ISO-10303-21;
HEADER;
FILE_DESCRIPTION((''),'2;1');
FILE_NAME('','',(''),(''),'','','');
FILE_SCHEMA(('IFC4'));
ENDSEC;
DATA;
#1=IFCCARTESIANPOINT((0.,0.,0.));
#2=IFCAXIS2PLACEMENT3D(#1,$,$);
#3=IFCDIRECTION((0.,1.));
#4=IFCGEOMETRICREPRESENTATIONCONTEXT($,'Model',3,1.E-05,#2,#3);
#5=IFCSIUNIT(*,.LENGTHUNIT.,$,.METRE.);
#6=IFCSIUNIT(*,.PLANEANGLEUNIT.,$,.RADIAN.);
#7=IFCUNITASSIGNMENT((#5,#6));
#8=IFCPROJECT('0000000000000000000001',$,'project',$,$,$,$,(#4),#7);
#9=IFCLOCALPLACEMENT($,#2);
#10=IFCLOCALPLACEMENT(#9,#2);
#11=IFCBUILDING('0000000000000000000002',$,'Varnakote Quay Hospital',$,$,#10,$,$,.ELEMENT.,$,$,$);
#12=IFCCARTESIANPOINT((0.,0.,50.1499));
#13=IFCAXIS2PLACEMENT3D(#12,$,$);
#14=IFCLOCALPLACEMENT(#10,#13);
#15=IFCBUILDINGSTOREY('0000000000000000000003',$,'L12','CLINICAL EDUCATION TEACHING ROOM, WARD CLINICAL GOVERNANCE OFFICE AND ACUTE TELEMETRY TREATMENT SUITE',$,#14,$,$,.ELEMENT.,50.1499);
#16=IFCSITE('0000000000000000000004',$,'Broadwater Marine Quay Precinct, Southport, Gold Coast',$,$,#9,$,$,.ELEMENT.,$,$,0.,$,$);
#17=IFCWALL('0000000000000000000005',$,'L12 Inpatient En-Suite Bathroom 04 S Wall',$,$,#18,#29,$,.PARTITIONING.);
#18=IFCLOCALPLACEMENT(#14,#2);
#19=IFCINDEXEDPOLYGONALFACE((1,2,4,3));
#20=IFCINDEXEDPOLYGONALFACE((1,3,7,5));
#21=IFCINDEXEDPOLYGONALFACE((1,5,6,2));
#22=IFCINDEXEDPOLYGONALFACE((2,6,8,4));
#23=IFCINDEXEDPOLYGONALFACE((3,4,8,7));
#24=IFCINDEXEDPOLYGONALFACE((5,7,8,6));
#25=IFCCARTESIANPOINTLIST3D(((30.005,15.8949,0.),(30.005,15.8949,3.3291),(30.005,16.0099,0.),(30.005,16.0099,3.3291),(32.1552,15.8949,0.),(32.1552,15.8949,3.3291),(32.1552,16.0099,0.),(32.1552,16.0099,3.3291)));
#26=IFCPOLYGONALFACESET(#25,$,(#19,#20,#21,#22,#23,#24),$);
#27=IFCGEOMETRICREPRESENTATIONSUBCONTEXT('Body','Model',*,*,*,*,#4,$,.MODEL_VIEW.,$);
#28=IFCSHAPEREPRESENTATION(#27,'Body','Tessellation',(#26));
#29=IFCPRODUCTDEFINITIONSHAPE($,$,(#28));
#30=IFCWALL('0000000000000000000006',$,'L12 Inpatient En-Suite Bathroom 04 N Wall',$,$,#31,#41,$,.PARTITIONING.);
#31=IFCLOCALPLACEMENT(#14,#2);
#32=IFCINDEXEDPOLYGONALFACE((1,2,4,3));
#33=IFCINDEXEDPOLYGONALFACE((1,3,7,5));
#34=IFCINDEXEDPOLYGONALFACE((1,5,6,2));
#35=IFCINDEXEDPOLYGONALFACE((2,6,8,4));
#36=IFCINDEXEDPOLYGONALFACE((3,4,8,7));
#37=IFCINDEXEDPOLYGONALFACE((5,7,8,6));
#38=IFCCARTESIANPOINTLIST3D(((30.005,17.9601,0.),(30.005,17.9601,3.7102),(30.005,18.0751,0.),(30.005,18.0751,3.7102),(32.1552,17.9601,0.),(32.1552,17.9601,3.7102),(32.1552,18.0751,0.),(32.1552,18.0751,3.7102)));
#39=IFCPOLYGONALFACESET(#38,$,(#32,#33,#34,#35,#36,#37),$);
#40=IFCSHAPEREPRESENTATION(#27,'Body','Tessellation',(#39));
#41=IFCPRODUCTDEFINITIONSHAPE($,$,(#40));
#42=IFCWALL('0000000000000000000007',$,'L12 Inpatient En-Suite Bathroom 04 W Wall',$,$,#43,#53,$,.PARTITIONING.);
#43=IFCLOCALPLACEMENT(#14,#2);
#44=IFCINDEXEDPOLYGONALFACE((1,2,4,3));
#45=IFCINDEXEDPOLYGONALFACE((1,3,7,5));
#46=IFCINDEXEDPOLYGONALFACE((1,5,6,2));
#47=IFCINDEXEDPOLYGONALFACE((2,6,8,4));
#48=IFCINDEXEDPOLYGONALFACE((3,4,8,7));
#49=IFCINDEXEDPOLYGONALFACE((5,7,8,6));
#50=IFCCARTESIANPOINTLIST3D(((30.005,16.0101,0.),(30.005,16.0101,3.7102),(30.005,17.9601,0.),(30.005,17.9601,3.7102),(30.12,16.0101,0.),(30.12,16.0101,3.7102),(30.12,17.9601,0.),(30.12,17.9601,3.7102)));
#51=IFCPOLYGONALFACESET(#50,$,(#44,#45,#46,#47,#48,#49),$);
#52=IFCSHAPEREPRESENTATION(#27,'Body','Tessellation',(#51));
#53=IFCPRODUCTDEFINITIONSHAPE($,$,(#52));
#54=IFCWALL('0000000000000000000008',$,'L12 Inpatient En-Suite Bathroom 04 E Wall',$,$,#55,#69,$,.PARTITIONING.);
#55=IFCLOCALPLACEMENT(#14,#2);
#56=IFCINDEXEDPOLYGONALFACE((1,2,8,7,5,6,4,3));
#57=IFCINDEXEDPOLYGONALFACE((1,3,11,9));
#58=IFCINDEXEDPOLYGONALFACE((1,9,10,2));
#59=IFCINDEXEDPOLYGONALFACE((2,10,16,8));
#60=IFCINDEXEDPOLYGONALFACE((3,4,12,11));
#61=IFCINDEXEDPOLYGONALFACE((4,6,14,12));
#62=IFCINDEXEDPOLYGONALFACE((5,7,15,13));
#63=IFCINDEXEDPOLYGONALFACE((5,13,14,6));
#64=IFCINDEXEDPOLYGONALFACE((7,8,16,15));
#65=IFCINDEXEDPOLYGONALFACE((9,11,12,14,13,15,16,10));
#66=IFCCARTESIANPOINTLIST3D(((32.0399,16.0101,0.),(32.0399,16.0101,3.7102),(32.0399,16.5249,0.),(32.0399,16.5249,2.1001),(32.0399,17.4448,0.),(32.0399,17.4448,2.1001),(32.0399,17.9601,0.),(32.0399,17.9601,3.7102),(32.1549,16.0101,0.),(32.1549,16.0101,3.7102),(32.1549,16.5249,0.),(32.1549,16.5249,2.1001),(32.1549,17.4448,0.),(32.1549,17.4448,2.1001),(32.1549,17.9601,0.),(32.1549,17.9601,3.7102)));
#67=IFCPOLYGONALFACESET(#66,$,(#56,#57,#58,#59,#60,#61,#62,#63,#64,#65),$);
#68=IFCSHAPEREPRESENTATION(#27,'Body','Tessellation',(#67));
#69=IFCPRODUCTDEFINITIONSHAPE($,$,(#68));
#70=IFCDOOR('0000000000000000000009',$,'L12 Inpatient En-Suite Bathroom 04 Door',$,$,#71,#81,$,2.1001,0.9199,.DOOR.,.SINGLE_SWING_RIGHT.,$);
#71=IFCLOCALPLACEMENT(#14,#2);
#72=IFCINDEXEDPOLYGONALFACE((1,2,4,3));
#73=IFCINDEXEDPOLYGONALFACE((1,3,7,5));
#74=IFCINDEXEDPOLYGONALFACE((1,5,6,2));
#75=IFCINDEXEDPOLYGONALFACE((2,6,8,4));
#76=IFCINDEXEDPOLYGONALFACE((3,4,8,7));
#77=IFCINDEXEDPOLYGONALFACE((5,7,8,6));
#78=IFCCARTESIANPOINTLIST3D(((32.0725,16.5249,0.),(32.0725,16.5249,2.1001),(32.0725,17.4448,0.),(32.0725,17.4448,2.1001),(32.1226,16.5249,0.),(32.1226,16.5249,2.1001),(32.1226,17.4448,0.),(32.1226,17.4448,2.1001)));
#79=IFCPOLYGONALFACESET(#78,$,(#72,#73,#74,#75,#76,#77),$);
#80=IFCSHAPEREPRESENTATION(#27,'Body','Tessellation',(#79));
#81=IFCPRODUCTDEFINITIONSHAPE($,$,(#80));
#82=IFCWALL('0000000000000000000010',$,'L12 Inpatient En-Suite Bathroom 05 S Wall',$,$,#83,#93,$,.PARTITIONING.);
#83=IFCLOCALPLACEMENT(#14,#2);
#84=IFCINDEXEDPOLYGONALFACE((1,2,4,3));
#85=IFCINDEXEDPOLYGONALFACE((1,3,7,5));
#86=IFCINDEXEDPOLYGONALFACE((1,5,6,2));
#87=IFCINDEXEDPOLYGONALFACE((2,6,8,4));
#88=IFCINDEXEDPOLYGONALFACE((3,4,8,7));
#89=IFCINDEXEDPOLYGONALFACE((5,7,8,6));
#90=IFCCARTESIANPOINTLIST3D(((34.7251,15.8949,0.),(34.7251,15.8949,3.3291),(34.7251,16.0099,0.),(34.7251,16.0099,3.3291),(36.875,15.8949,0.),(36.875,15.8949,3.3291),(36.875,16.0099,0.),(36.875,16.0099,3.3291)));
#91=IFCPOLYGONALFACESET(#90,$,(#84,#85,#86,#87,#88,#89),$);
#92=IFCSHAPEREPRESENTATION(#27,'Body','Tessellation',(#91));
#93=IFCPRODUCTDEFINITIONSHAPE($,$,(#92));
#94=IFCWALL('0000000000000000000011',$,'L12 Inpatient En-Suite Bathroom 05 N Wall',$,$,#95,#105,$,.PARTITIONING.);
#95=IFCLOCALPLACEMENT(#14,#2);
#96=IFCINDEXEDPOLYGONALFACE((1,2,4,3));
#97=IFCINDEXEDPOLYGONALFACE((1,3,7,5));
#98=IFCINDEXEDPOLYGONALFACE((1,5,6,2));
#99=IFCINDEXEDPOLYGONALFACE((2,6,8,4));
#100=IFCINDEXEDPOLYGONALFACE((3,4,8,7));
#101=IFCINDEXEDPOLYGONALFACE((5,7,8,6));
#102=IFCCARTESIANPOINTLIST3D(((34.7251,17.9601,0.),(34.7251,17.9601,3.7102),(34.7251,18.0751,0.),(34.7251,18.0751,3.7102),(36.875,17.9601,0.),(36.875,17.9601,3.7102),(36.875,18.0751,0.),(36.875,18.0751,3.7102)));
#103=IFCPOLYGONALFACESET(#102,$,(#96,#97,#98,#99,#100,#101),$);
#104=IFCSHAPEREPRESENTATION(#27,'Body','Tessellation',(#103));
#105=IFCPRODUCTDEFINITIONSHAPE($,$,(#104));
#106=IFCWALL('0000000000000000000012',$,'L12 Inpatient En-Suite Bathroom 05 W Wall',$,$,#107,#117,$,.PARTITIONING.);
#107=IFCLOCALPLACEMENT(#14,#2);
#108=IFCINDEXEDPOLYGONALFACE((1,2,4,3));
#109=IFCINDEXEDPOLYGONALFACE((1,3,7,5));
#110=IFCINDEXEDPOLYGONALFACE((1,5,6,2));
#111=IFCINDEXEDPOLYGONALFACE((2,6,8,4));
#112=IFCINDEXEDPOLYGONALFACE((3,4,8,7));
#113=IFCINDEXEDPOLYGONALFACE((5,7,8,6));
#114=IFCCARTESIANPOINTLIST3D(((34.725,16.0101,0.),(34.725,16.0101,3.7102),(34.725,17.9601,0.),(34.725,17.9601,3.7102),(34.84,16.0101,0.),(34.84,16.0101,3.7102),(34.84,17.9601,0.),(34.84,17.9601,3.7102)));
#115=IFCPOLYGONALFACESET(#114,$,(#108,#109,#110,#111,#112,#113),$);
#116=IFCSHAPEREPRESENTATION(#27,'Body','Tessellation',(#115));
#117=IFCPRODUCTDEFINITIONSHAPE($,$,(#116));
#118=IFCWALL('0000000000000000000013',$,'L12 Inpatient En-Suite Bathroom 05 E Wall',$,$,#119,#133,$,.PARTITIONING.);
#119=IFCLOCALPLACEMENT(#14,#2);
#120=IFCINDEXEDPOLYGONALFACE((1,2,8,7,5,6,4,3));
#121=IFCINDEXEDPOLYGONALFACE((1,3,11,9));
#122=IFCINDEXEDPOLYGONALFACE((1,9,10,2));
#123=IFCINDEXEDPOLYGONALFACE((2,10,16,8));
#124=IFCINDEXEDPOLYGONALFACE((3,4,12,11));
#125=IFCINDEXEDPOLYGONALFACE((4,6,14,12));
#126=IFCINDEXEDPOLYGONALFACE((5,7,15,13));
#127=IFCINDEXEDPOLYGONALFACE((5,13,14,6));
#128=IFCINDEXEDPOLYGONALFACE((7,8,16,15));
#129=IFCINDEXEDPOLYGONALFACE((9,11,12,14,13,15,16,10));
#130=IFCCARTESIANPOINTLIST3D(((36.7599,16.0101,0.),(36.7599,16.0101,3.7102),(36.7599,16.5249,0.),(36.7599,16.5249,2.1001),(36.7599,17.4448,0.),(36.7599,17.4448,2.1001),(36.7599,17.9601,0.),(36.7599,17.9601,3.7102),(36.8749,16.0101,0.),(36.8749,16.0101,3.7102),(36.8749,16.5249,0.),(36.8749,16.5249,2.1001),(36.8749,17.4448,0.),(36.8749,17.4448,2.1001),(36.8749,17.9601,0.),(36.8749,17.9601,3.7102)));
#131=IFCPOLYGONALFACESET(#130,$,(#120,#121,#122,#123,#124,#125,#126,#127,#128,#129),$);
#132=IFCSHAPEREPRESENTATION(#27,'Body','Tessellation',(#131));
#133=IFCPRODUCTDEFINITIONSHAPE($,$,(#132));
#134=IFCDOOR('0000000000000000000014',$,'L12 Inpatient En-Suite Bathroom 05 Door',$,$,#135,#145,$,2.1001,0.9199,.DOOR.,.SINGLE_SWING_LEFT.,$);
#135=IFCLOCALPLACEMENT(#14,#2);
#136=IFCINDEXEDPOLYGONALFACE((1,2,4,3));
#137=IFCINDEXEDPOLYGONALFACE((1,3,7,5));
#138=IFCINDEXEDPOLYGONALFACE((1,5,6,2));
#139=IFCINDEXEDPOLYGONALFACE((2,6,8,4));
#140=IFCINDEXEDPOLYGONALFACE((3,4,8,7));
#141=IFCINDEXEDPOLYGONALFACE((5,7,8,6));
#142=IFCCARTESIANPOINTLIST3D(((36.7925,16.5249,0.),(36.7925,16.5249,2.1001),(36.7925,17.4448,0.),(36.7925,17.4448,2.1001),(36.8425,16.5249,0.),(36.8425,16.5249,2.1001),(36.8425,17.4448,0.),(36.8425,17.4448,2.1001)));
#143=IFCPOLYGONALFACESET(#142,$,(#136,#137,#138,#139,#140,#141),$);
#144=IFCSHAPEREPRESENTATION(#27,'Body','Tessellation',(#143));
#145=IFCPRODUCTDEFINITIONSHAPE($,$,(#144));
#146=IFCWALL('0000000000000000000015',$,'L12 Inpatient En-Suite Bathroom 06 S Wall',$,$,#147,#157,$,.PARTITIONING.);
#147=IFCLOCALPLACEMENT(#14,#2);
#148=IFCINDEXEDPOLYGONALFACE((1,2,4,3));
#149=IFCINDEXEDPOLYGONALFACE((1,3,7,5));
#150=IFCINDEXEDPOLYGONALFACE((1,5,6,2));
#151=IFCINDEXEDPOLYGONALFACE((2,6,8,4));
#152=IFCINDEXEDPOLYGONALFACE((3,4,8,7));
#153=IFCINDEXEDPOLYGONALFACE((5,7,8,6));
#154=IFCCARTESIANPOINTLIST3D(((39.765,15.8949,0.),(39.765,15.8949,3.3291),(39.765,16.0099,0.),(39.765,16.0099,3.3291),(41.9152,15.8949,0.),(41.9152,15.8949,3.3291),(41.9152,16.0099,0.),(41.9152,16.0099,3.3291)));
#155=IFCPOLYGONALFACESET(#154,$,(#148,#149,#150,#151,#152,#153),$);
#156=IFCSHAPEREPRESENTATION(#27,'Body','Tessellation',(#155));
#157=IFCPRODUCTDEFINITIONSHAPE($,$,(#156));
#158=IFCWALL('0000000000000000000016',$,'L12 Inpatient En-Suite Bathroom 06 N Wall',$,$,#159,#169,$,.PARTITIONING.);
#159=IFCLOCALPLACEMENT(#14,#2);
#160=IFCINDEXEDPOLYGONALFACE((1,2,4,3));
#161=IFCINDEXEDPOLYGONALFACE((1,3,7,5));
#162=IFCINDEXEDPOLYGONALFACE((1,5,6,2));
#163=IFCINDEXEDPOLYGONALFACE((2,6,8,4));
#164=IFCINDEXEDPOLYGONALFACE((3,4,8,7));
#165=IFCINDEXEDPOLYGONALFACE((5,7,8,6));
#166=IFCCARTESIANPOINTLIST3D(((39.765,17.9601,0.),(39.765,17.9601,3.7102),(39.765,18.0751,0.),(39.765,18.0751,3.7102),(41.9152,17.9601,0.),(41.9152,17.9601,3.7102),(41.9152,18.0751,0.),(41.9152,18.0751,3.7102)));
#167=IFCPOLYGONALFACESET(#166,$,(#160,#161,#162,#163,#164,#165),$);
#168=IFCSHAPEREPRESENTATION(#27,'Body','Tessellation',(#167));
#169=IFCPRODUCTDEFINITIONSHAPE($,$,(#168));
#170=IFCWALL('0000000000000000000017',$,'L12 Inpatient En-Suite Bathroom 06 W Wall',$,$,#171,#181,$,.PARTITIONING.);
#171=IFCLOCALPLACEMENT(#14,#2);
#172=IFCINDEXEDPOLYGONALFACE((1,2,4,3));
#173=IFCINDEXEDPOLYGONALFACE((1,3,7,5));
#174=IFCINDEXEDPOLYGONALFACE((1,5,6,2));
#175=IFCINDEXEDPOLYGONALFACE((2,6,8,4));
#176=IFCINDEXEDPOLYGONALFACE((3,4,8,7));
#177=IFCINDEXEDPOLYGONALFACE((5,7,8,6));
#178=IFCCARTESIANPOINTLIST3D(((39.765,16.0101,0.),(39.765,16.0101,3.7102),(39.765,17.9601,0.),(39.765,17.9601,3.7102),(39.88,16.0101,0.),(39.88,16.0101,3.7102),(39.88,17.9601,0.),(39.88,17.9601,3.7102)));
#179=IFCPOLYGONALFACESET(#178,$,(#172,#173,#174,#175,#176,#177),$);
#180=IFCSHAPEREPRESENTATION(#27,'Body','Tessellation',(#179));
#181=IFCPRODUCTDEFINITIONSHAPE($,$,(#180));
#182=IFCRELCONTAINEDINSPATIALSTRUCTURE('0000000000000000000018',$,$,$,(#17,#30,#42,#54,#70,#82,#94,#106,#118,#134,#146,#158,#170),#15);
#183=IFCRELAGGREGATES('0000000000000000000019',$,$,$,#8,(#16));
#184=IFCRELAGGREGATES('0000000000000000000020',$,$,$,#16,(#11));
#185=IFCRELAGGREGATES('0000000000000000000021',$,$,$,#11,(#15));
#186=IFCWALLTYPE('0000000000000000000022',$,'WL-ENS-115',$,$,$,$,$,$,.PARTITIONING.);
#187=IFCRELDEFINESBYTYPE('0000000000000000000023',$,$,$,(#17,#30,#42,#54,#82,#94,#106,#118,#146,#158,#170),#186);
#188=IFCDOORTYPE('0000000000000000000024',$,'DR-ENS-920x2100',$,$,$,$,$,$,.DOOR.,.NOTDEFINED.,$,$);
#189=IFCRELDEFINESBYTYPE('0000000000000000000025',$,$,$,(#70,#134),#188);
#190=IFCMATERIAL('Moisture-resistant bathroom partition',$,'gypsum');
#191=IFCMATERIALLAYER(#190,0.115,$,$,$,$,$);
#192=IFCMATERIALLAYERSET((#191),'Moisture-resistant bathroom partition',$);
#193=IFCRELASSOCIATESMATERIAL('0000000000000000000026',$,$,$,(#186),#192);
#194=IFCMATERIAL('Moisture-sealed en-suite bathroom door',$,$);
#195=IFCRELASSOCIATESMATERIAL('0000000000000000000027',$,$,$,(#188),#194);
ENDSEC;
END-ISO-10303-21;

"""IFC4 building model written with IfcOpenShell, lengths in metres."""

from ifc_helpers import new_model, si_unit, direction, frame, frame_2d, origin, place, context, subcontext, project, spatial, rectangle, extrude, material, layer, layer_set, type_object, element, fill, save


model = new_model("IFC4")

# Units and contexts
model_context = context("Model", 3, precision=1e-05, world=origin(), true_north=direction((0.0, 1.0)))
body_context = subcontext(model_context, "Body", "Model", "MODEL_VIEW")
ifc_project = project(units=[si_unit("LENGTHUNIT", "METRE"), si_unit("PLANEANGLEUNIT", "RADIAN")], contexts=[model_context])

# Site, building, storey
site_placement = place(None, origin())
site = spatial("IfcSite", under=ifc_project, at=site_placement, Name="Broadwater Marine Quay Precinct, Southport, Gold Coast", CompositionType="ELEMENT", RefElevation=0.0)
building_placement = place(site_placement, origin())
building = spatial("IfcBuilding", under=site, at=building_placement, Name="Varnakote Quay Hospital", CompositionType="ELEMENT")
storey_placement = place(building_placement, frame((0.0, 0.0, 50.1499)))
storey = spatial("IfcBuildingStorey", under=building, at=storey_placement, Name="L12", Description="CLINICAL EDUCATION TEACHING ROOM, WARD CLINICAL GOVERNANCE OFFICE AND ACUTE TELEMETRY TREATMENT SUITE", CompositionType="ELEMENT", Elevation=50.1499)

# Walls
ifc_material_1 = material(Name="Moisture-resistant bathroom partition", Category="gypsum")
ifc_layer_1 = layer(ifc_material_1, 0.115)
ifc_layer_set_1 = layer_set([ifc_layer_1], Name="Moisture-resistant bathroom partition")
wall_type_1 = type_object("IfcWallType", Name="WL-ENS-115", PredefinedType="PARTITIONING", material=ifc_layer_set_1)
wall_1_placement = place(storey_placement, frame((30.0049, 15.9524, 0.0), z_axis=(0.0, 0.0, 1.0), x_axis=(1.0, 0.0, 0.0)))
element("IfcWall", 1, at=wall_1_placement, inside=storey, type_object=wall_type_1, Name="L12 Inpatient En-Suite Bathroom 04 S Wall", PredefinedType="PARTITIONING", context=body_context, shape_type="SweptSolid", body=[
    extrude(rectangle(XDim=2.1501, YDim=0.115, at=frame_2d((1.0752, 0.0))), origin(), (0.0, 0.0, 1.0), 3.3291),
])
wall_2_placement = place(storey_placement, frame((30.0049, 18.0176, 0.0), z_axis=(0.0, 0.0, 1.0), x_axis=(1.0, 0.0, 0.0)))
element("IfcWall", 2, at=wall_2_placement, inside=storey, type_object=wall_type_1, Name="L12 Inpatient En-Suite Bathroom 04 N Wall", PredefinedType="PARTITIONING", context=body_context, shape_type="SweptSolid", body=[
    extrude(rectangle(XDim=2.1501, YDim=0.115, at=frame_2d((1.0752, 0.0))), origin(), (0.0, 0.0, 1.0), 3.7102),
])
wall_3_placement = place(storey_placement, frame((30.0625, 16.01, 0.0), z_axis=(0.0, 0.0, 1.0), x_axis=(0.0, 1.0, 0.0)))
element("IfcWall", 3, at=wall_3_placement, inside=storey, type_object=wall_type_1, Name="L12 Inpatient En-Suite Bathroom 04 W Wall", PredefinedType="PARTITIONING", context=body_context, shape_type="SweptSolid", body=[
    extrude(rectangle(XDim=1.95, YDim=0.115, at=frame_2d((0.9751, 0.0))), origin(), (0.0, 0.0, 1.0), 3.7102),
])

# Wall, opening, door
wall_4_placement = place(storey_placement, frame((32.0974, 16.01, 0.0), z_axis=(0.0, 0.0, 1.0), x_axis=(0.0, 1.0, 0.0)))
wall_4 = element("IfcWall", 4, at=wall_4_placement, inside=storey, type_object=wall_type_1, Name="L12 Inpatient En-Suite Bathroom 04 E Wall", PredefinedType="PARTITIONING", context=body_context, shape_type="SweptSolid", body=[
    extrude(rectangle(XDim=1.95, YDim=0.115, at=frame_2d((0.9751, 0.0))), origin(), (0.0, 0.0, 1.0), 3.7102),
])
opening_1_placement = place(wall_4_placement, frame((0.5149, 0.0, 0.0)))
opening_1 = element("IfcOpeningElement", 5, at=opening_1_placement, cuts=wall_4, PredefinedType="OPENING", context=body_context, shape_type="SweptSolid", body=[
    extrude(rectangle(XDim=0.9199, YDim=2.1001, at=frame_2d((0.46, 1.05))), frame((0.0, 0.0674, 0.0), z_axis=(0.0, -1.0, 0.0), x_axis=(1.0, 0.0, 0.0)), (0.0, 0.0, 1.0), 0.135),
])
ifc_material_2 = material(Name="Moisture-sealed en-suite bathroom door")
door_type_1 = type_object("IfcDoorType", Name="DR-ENS-920x2100", OperationType="NOTDEFINED", PredefinedType="DOOR", material=ifc_material_2)
door_1_placement = place(opening_1_placement, origin())
door_1 = element("IfcDoor", 6, at=door_1_placement, inside=storey, type_object=door_type_1, Name="L12 Inpatient En-Suite Bathroom 04 Door", OperationType="SINGLE_SWING_RIGHT", OverallHeight=2.1001, OverallWidth=0.9199, PredefinedType="DOOR", context=body_context, shape_type="SweptSolid", body=[
    extrude(rectangle(XDim=0.9199, YDim=2.1001, at=frame_2d((0.46, 1.05))), frame((0.0, 0.0249, 0.0), z_axis=(0.0, -1.0, 0.0), x_axis=(1.0, 0.0, 0.0)), (0.0, 0.0, 1.0), 0.05),
])
fill(opening_1, door_1)

# Walls
wall_5_placement = place(storey_placement, frame((34.7251, 15.9524, 0.0), z_axis=(0.0, 0.0, 1.0), x_axis=(1.0, 0.0, 0.0)))
element("IfcWall", 7, at=wall_5_placement, inside=storey, type_object=wall_type_1, Name="L12 Inpatient En-Suite Bathroom 05 S Wall", PredefinedType="PARTITIONING", context=body_context, shape_type="SweptSolid", body=[
    extrude(rectangle(XDim=2.1499, YDim=0.115, at=frame_2d((1.075, 0.0))), origin(), (0.0, 0.0, 1.0), 3.3291),
])
wall_6_placement = place(storey_placement, frame((34.7251, 18.0176, 0.0), z_axis=(0.0, 0.0, 1.0), x_axis=(1.0, 0.0, 0.0)))
element("IfcWall", 8, at=wall_6_placement, inside=storey, type_object=wall_type_1, Name="L12 Inpatient En-Suite Bathroom 05 N Wall", PredefinedType="PARTITIONING", context=body_context, shape_type="SweptSolid", body=[
    extrude(rectangle(XDim=2.1499, YDim=0.115, at=frame_2d((1.075, 0.0))), origin(), (0.0, 0.0, 1.0), 3.7102),
])
wall_7_placement = place(storey_placement, frame((34.7825, 16.01, 0.0), z_axis=(0.0, 0.0, 1.0), x_axis=(0.0, 1.0, 0.0)))
element("IfcWall", 9, at=wall_7_placement, inside=storey, type_object=wall_type_1, Name="L12 Inpatient En-Suite Bathroom 05 W Wall", PredefinedType="PARTITIONING", context=body_context, shape_type="SweptSolid", body=[
    extrude(rectangle(XDim=1.95, YDim=0.115, at=frame_2d((0.9751, 0.0))), origin(), (0.0, 0.0, 1.0), 3.7102),
])

# Wall, opening, door
wall_8_placement = place(storey_placement, frame((36.8174, 16.01, 0.0), z_axis=(0.0, 0.0, 1.0), x_axis=(0.0, 1.0, 0.0)))
wall_8 = element("IfcWall", 10, at=wall_8_placement, inside=storey, type_object=wall_type_1, Name="L12 Inpatient En-Suite Bathroom 05 E Wall", PredefinedType="PARTITIONING", context=body_context, shape_type="SweptSolid", body=[
    extrude(rectangle(XDim=1.95, YDim=0.115, at=frame_2d((0.9751, 0.0))), origin(), (0.0, 0.0, 1.0), 3.7102),
])
opening_2_placement = place(wall_8_placement, frame((0.5149, 0.0, 0.0)))
opening_2 = element("IfcOpeningElement", 11, at=opening_2_placement, cuts=wall_8, PredefinedType="OPENING", context=body_context, shape_type="SweptSolid", body=[
    extrude(rectangle(XDim=0.9199, YDim=2.1001, at=frame_2d((0.46, 1.05))), frame((0.0, 0.0674, 0.0), z_axis=(0.0, -1.0, 0.0), x_axis=(1.0, 0.0, 0.0)), (0.0, 0.0, 1.0), 0.135),
])
door_2_placement = place(opening_2_placement, origin())
door_2 = element("IfcDoor", 12, at=door_2_placement, inside=storey, type_object=door_type_1, Name="L12 Inpatient En-Suite Bathroom 05 Door", OperationType="SINGLE_SWING_LEFT", OverallHeight=2.1001, OverallWidth=0.9199, PredefinedType="DOOR", context=body_context, shape_type="SweptSolid", body=[
    extrude(rectangle(XDim=0.9199, YDim=2.1001, at=frame_2d((0.46, 1.05))), frame((0.0, 0.0249, 0.0), z_axis=(0.0, -1.0, 0.0), x_axis=(1.0, 0.0, 0.0)), (0.0, 0.0, 1.0), 0.05),
])
fill(opening_2, door_2)

# Walls
wall_9_placement = place(storey_placement, frame((39.7649, 15.9524, 0.0), z_axis=(0.0, 0.0, 1.0), x_axis=(1.0, 0.0, 0.0)))
element("IfcWall", 13, at=wall_9_placement, inside=storey, type_object=wall_type_1, Name="L12 Inpatient En-Suite Bathroom 06 S Wall", PredefinedType="PARTITIONING", context=body_context, shape_type="SweptSolid", body=[
    extrude(rectangle(XDim=2.1501, YDim=0.115, at=frame_2d((1.0752, 0.0))), origin(), (0.0, 0.0, 1.0), 3.3291),
])
wall_10_placement = place(storey_placement, frame((39.7649, 18.0176, 0.0), z_axis=(0.0, 0.0, 1.0), x_axis=(1.0, 0.0, 0.0)))
element("IfcWall", 14, at=wall_10_placement, inside=storey, type_object=wall_type_1, Name="L12 Inpatient En-Suite Bathroom 06 N Wall", PredefinedType="PARTITIONING", context=body_context, shape_type="SweptSolid", body=[
    extrude(rectangle(XDim=2.1501, YDim=0.115, at=frame_2d((1.0752, 0.0))), origin(), (0.0, 0.0, 1.0), 3.7102),
])
wall_11_placement = place(storey_placement, frame((39.8225, 16.01, 0.0), z_axis=(0.0, 0.0, 1.0), x_axis=(0.0, 1.0, 0.0)))
element("IfcWall", 15, at=wall_11_placement, inside=storey, type_object=wall_type_1, Name="L12 Inpatient En-Suite Bathroom 06 W Wall", PredefinedType="PARTITIONING", context=body_context, shape_type="SweptSolid", body=[
    extrude(rectangle(XDim=1.95, YDim=0.115, at=frame_2d((0.9751, 0.0))), origin(), (0.0, 0.0, 1.0), 3.7102),
])

save(model, "model.ifc")
